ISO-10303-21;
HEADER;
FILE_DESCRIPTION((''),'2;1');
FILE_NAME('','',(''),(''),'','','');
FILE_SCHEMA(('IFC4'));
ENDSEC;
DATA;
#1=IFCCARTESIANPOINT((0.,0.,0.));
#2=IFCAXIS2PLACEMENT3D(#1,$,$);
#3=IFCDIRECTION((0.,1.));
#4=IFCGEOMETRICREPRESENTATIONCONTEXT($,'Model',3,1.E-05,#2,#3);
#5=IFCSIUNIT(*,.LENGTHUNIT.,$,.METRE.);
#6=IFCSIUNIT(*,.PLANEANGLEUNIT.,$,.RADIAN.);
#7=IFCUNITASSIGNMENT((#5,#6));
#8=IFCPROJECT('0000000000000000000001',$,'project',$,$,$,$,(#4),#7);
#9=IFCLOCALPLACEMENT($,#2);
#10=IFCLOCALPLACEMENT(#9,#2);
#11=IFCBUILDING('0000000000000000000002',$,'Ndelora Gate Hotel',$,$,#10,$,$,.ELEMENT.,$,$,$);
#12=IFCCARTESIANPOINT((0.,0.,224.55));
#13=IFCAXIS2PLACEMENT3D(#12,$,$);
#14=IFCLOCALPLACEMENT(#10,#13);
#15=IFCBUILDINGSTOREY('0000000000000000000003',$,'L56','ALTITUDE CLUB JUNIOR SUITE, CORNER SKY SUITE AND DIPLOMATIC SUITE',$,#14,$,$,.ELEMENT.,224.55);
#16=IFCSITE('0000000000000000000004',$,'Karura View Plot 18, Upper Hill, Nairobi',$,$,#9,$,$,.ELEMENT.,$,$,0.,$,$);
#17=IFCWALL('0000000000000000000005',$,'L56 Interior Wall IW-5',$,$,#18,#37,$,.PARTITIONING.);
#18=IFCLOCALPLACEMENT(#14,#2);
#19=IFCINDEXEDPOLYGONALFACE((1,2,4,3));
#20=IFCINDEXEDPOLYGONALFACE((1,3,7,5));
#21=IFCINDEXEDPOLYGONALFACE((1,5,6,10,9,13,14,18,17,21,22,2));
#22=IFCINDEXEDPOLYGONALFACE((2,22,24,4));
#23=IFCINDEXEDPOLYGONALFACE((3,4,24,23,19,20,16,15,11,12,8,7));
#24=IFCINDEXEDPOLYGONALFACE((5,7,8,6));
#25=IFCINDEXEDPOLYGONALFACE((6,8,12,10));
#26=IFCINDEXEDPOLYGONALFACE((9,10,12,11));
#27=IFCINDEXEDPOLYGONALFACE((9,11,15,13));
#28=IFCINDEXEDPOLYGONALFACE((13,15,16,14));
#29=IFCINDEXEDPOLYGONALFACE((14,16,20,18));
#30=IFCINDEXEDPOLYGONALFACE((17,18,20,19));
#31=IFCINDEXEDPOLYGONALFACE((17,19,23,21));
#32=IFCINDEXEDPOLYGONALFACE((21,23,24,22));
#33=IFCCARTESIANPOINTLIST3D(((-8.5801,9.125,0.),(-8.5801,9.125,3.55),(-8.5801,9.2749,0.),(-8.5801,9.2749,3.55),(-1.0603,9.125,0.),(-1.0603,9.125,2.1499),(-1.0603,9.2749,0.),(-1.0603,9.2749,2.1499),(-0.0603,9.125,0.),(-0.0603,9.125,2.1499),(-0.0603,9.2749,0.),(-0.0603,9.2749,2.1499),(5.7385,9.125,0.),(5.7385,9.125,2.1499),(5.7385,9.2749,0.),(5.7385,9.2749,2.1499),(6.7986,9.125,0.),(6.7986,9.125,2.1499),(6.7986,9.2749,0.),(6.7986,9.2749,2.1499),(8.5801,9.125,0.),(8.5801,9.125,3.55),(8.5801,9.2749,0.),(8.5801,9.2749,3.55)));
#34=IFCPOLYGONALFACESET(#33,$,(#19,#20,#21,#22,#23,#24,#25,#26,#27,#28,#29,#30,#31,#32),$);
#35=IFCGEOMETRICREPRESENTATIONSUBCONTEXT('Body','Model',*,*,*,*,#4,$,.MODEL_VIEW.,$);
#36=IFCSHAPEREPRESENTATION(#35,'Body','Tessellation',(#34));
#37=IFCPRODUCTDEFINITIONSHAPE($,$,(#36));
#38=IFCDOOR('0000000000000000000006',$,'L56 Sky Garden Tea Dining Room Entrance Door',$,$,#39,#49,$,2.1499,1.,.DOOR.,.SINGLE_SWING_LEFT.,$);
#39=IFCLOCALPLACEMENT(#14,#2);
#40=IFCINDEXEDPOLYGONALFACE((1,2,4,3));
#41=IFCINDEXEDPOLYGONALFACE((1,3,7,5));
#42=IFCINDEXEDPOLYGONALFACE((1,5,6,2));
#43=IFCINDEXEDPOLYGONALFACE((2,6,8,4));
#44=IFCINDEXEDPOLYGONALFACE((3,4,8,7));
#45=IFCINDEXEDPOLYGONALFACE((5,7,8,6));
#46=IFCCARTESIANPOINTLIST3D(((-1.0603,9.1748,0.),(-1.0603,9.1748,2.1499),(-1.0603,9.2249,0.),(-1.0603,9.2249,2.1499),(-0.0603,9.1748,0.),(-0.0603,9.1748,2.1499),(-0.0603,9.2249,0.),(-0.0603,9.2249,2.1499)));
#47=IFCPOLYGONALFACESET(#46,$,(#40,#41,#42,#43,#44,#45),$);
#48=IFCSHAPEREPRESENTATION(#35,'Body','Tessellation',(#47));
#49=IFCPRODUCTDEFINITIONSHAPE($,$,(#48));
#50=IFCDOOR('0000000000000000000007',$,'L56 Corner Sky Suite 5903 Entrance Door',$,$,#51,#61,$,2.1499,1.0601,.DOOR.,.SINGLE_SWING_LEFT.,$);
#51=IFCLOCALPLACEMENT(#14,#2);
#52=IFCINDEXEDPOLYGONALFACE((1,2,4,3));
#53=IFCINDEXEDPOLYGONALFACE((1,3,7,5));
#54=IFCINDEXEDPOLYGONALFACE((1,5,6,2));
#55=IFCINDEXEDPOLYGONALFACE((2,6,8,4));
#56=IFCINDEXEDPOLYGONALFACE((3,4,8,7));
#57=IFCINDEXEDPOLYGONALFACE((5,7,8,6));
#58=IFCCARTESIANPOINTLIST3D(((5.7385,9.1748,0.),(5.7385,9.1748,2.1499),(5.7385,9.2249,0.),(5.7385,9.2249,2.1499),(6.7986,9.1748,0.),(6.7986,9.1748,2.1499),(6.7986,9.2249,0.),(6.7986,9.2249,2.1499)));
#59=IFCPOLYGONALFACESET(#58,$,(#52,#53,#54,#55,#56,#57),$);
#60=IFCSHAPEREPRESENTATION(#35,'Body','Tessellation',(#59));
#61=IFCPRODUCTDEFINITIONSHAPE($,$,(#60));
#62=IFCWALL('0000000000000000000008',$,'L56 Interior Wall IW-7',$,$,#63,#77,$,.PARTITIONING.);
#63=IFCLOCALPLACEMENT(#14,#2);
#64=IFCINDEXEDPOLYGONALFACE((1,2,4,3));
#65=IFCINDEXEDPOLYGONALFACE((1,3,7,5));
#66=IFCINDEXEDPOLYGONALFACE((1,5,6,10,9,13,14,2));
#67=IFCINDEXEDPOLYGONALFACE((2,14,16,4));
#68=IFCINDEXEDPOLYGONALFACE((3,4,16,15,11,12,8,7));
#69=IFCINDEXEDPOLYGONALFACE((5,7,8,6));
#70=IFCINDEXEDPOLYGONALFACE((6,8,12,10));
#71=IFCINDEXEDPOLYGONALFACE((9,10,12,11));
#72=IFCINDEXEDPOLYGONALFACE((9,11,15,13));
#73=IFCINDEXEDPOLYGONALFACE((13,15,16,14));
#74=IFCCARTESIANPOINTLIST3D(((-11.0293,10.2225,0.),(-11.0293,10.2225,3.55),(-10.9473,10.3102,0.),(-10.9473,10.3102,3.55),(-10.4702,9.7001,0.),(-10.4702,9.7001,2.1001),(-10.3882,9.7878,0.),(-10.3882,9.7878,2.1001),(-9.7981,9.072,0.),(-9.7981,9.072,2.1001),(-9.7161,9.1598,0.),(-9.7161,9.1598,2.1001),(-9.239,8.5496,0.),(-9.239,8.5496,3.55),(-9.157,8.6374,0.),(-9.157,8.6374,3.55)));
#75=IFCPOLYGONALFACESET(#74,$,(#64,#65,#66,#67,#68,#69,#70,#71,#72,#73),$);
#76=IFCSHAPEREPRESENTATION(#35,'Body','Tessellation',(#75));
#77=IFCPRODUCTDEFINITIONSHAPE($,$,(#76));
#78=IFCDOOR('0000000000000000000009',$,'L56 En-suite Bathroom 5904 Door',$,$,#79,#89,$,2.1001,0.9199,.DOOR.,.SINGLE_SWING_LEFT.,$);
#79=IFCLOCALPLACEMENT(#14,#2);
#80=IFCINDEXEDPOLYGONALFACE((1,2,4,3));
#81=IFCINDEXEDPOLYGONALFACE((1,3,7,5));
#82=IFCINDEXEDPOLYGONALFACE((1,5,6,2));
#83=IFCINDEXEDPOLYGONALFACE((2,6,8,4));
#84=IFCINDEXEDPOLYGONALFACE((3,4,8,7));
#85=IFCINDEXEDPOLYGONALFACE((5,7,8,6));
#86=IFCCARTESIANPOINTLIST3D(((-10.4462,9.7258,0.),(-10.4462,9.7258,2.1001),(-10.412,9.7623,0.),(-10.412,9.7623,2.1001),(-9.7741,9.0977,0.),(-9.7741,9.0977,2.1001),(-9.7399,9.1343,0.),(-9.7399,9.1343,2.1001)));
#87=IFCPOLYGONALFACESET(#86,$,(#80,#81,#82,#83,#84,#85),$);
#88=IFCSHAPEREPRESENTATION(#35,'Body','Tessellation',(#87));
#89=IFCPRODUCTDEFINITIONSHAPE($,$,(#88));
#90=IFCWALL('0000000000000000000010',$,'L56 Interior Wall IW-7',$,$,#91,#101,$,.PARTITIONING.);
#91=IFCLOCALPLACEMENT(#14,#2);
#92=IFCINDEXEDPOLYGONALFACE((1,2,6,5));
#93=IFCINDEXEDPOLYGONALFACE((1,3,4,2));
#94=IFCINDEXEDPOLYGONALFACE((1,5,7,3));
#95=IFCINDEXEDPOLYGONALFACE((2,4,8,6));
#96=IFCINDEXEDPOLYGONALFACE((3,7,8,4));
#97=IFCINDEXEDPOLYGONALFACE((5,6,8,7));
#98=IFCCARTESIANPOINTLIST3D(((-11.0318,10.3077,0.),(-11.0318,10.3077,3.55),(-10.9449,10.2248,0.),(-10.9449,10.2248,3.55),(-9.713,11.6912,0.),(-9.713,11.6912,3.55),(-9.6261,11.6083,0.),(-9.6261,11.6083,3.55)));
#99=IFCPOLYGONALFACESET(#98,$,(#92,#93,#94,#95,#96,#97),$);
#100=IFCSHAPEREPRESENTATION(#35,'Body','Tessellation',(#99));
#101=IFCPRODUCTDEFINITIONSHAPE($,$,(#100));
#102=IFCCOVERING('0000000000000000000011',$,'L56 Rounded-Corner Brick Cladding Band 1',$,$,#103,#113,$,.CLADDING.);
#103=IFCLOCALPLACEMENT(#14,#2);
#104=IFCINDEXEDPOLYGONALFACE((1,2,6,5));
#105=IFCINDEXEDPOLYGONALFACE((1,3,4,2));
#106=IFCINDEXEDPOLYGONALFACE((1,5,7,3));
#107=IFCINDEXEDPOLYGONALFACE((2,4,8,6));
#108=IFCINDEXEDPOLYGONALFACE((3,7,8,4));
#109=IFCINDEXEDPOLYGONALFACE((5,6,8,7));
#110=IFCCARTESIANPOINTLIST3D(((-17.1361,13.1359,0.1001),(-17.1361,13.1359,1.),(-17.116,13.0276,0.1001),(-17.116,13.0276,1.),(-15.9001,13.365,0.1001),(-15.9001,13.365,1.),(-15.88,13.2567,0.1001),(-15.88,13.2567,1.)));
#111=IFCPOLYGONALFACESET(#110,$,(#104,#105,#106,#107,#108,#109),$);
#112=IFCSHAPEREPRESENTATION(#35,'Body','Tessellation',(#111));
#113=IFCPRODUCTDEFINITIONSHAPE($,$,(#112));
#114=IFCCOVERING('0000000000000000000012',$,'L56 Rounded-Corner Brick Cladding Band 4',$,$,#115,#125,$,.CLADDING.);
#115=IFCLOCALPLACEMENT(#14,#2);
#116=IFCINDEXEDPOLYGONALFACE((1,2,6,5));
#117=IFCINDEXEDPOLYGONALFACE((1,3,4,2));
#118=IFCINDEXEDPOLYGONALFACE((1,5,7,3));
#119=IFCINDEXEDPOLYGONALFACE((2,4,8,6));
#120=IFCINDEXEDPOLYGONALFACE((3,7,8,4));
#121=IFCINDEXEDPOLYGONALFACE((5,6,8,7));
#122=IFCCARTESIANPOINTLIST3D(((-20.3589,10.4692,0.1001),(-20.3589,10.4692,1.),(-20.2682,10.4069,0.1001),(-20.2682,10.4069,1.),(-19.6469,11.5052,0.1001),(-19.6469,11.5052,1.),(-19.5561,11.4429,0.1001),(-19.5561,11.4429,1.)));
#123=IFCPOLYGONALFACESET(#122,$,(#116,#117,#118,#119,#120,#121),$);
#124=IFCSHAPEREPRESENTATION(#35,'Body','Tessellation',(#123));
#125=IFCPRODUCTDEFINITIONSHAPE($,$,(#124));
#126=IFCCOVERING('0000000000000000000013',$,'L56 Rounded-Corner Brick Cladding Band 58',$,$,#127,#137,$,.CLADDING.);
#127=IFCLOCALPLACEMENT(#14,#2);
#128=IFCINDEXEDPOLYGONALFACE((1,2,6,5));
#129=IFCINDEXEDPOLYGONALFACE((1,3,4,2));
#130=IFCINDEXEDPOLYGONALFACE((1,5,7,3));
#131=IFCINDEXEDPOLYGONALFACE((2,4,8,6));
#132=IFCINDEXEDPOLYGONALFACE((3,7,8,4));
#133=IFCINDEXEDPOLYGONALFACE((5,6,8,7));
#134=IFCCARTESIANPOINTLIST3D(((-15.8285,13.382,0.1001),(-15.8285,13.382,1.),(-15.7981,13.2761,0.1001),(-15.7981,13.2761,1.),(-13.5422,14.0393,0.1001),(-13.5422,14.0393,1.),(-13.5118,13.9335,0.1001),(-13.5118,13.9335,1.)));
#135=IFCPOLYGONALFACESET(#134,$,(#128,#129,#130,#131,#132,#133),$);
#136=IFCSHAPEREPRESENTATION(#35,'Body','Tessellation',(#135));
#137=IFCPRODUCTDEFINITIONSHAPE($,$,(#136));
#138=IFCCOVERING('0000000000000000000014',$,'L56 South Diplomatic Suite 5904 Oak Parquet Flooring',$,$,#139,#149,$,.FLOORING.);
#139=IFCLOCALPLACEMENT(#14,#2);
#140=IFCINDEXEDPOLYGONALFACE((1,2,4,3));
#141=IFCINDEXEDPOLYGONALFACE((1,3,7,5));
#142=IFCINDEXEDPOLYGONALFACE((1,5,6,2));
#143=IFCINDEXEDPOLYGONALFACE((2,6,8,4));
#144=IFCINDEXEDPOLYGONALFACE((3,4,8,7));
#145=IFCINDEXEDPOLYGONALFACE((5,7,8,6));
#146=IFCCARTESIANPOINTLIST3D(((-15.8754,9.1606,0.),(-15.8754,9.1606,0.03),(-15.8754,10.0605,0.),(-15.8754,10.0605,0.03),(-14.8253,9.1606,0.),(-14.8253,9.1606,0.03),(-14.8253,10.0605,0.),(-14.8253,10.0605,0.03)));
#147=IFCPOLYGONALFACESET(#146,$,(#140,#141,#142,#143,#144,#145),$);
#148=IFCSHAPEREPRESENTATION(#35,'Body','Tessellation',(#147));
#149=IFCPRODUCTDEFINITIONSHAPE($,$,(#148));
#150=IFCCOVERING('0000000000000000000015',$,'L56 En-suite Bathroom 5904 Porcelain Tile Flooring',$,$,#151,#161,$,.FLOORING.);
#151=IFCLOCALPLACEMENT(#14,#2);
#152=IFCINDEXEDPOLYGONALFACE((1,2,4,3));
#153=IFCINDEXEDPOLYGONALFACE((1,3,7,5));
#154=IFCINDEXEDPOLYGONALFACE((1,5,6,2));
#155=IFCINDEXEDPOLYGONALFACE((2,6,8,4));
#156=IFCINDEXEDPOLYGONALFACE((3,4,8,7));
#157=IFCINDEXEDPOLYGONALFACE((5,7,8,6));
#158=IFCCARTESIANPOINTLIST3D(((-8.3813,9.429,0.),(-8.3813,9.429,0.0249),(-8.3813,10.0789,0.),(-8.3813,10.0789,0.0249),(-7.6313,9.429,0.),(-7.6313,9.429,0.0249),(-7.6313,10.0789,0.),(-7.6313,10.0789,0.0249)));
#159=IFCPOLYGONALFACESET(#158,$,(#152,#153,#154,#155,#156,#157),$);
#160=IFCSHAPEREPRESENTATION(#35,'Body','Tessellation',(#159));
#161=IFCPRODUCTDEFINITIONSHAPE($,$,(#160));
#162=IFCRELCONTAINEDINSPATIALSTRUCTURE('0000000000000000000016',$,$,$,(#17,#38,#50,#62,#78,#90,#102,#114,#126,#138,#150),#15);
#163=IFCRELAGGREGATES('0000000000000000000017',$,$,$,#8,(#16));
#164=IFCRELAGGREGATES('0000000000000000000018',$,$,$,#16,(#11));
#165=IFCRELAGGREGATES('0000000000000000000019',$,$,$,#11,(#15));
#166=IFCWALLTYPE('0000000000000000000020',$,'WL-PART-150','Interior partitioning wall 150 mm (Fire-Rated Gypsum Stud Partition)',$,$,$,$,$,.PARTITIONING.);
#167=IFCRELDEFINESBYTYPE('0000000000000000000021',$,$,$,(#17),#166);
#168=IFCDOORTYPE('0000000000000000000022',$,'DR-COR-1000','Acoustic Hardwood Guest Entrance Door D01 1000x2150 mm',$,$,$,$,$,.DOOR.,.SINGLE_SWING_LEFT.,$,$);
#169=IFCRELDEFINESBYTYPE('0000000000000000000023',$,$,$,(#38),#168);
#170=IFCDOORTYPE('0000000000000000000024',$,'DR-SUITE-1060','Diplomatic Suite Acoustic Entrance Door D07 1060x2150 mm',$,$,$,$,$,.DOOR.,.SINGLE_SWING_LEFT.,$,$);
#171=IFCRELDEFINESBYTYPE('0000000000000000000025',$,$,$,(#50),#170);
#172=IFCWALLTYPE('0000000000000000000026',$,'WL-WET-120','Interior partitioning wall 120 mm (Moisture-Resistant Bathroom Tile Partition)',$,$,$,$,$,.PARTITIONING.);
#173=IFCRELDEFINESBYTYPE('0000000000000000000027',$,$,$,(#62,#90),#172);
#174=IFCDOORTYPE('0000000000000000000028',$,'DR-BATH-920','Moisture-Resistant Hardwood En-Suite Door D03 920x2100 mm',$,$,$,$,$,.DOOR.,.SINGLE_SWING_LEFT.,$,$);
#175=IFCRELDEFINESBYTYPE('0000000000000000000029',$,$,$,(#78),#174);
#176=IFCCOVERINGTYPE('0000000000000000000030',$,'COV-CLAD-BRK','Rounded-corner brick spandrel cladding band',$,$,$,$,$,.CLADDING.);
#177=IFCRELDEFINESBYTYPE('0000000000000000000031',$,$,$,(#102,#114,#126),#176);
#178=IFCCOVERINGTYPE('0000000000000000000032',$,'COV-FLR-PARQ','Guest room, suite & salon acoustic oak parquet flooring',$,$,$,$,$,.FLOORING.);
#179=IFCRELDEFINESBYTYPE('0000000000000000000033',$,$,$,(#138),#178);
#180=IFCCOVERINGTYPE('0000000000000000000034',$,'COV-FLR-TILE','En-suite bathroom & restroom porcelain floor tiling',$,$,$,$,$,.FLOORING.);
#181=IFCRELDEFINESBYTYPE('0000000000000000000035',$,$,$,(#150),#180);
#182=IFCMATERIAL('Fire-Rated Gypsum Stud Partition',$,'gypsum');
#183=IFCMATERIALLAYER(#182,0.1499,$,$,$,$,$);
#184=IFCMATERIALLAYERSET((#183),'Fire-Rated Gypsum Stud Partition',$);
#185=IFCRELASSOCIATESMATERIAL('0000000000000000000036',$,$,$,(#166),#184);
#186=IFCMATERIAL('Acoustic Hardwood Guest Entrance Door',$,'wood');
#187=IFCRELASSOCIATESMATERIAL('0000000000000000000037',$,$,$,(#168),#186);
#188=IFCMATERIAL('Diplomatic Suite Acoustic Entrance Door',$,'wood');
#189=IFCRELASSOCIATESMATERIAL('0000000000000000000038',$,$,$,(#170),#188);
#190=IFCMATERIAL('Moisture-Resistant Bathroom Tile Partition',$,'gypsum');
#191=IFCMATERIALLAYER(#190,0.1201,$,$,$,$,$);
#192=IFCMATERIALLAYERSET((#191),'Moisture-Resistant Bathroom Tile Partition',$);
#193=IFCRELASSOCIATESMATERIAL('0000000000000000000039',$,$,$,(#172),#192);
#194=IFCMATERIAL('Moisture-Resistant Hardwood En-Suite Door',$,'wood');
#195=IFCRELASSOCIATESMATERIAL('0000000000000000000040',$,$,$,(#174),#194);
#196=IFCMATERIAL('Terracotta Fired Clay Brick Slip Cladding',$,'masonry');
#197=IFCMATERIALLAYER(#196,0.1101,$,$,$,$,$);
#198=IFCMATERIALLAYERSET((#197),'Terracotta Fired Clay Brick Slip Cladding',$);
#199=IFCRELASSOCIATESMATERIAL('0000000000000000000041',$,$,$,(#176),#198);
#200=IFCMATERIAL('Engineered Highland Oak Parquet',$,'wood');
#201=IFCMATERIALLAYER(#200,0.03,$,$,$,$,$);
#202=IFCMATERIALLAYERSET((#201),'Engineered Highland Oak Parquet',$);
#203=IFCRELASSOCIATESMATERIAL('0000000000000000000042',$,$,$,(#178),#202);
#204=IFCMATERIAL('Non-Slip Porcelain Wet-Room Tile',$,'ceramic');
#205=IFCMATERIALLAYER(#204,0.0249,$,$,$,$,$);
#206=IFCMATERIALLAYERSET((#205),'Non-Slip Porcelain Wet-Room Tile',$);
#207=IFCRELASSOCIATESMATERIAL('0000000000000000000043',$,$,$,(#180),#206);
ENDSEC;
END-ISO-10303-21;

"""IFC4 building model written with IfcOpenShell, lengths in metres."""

from ifc_helpers import new_model, si_unit, direction, frame, frame_2d, origin, origin_2d, place, context, subcontext, project, spatial, rectangle, extrude, material, layer, layer_set, type_object, element, fill, save


model = new_model("IFC4")

# Units and contexts
model_context = context("Model", 3, precision=1e-05, world=origin(), true_north=direction((0.0, 1.0)))
body_context = subcontext(model_context, "Body", "Model", "MODEL_VIEW")
ifc_project = project(units=[si_unit("LENGTHUNIT", "METRE"), si_unit("PLANEANGLEUNIT", "RADIAN")], contexts=[model_context])

# Site, building, storey
site_placement = place(None, origin())
site = spatial("IfcSite", under=ifc_project, at=site_placement, Name="Karura View Plot 18, Upper Hill, Nairobi", CompositionType="ELEMENT", RefElevation=0.0)
building_placement = place(site_placement, origin())
building = spatial("IfcBuilding", under=site, at=building_placement, Name="Ndelora Gate Hotel", CompositionType="ELEMENT")
storey_placement = place(building_placement, frame((0.0, 0.0, 224.55)))
storey = spatial("IfcBuildingStorey", under=building, at=storey_placement, Name="L56", Description="ALTITUDE CLUB JUNIOR SUITE, CORNER SKY SUITE AND DIPLOMATIC SUITE", CompositionType="ELEMENT", Elevation=224.55)

# Wall, openings, doors
ifc_material_1 = material(Name="Fire-Rated Gypsum Stud Partition", Category="gypsum")
ifc_layer_1 = layer(ifc_material_1, 0.1499)
ifc_layer_set_1 = layer_set([ifc_layer_1], Name="Fire-Rated Gypsum Stud Partition")
wall_type_1 = type_object("IfcWallType", Name="WL-PART-150", Description="Interior partitioning wall 150 mm (Fire-Rated Gypsum Stud Partition)", PredefinedType="PARTITIONING", material=ifc_layer_set_1)
wall_1_placement = place(storey_placement, frame((-8.5801, 9.2, 0.0), z_axis=(0.0, 0.0, 1.0), x_axis=(1.0, 0.0, 0.0)))
wall_1 = element("IfcWall", 1, at=wall_1_placement, inside=storey, type_object=wall_type_1, Name="L56 Interior Wall IW-5", PredefinedType="PARTITIONING", context=body_context, shape_type="SweptSolid", body=[
    extrude(rectangle(XDim=17.1602, YDim=0.1499, at=frame_2d((8.5801, 0.0))), origin(), (0.0, 0.0, 1.0), 3.55),
])
opening_1_placement = place(wall_1_placement, frame((7.5198, 0.0, 0.0)))
opening_1 = element("IfcOpeningElement", 2, at=opening_1_placement, cuts=wall_1, PredefinedType="OPENING", context=body_context, shape_type="SweptSolid", body=[
    extrude(rectangle(XDim=1.0, YDim=2.1499, at=frame_2d((0.5, 1.075))), frame((0.0, 0.085, 0.0), z_axis=(0.0, -1.0, 0.0), x_axis=(1.0, 0.0, 0.0)), (0.0, 0.0, 1.0), 0.1699),
])
opening_2_placement = place(wall_1_placement, frame((14.3186, 0.0, 0.0)))
opening_2 = element("IfcOpeningElement", 3, at=opening_2_placement, cuts=wall_1, PredefinedType="OPENING", context=body_context, shape_type="SweptSolid", body=[
    extrude(rectangle(XDim=1.0601, YDim=2.1499, at=frame_2d((0.53, 1.075))), frame((0.0, 0.085, 0.0), z_axis=(0.0, -1.0, 0.0), x_axis=(1.0, 0.0, 0.0)), (0.0, 0.0, 1.0), 0.1699),
])
ifc_material_2 = material(Name="Acoustic Hardwood Guest Entrance Door", Category="wood")
door_type_1 = type_object("IfcDoorType", Name="DR-COR-1000", Description="Acoustic Hardwood Guest Entrance Door D01 1000x2150 mm", OperationType="SINGLE_SWING_LEFT", PredefinedType="DOOR", material=ifc_material_2)
door_1_placement = place(opening_1_placement, origin())
door_1 = element("IfcDoor", 4, at=door_1_placement, inside=storey, type_object=door_type_1, Name="L56 Sky Garden Tea Dining Room Entrance Door", OperationType="SINGLE_SWING_LEFT", OverallHeight=2.1499, OverallWidth=1.0, PredefinedType="DOOR", context=body_context, shape_type="SweptSolid", body=[
    extrude(rectangle(XDim=1.0, YDim=2.1499, at=frame_2d((0.5, 1.075))), frame((0.0, 0.0249, 0.0), z_axis=(0.0, -1.0, 0.0), x_axis=(1.0, 0.0, 0.0)), (0.0, 0.0, 1.0), 0.05),
])
fill(opening_1, door_1)
ifc_material_3 = material(Name="Diplomatic Suite Acoustic Entrance Door", Category="wood")
door_type_2 = type_object("IfcDoorType", Name="DR-SUITE-1060", Description="Diplomatic Suite Acoustic Entrance Door D07 1060x2150 mm", OperationType="SINGLE_SWING_LEFT", PredefinedType="DOOR", material=ifc_material_3)
door_2_placement = place(opening_2_placement, origin())
door_2 = element("IfcDoor", 5, at=door_2_placement, inside=storey, type_object=door_type_2, Name="L56 Corner Sky Suite 5903 Entrance Door", OperationType="SINGLE_SWING_LEFT", OverallHeight=2.1499, OverallWidth=1.0601, PredefinedType="DOOR", context=body_context, shape_type="SweptSolid", body=[
    extrude(rectangle(XDim=1.0601, YDim=2.1499, at=frame_2d((0.53, 1.075))), frame((0.0, 0.0249, 0.0), z_axis=(0.0, -1.0, 0.0), x_axis=(1.0, 0.0, 0.0)), (0.0, 0.0, 1.0), 0.05),
])
fill(opening_2, door_2)

# Wall, opening, door
ifc_material_4 = material(Name="Moisture-Resistant Bathroom Tile Partition", Category="gypsum")
ifc_layer_2 = layer(ifc_material_4, 0.1201)
ifc_layer_set_2 = layer_set([ifc_layer_2], Name="Moisture-Resistant Bathroom Tile Partition")
wall_type_2 = type_object("IfcWallType", Name="WL-WET-120", Description="Interior partitioning wall 120 mm (Moisture-Resistant Bathroom Tile Partition)", PredefinedType="PARTITIONING", material=ifc_layer_set_2)
wall_2_placement = place(storey_placement, frame((-9.198, 8.5935, 0.0), z_axis=(0.0, 0.0, 1.0), x_axis=(-0.730664, 0.682737, 0.0)))
wall_2 = element("IfcWall", 6, at=wall_2_placement, inside=storey, type_object=wall_type_2, Name="L56 Interior Wall IW-7", PredefinedType="PARTITIONING", context=body_context, shape_type="SweptSolid", body=[
    extrude(rectangle(XDim=2.4502, YDim=0.1201, at=frame_2d((1.2251, 0.0))), origin(), (0.0, 0.0, 1.0), 3.55),
])
opening_3_placement = place(wall_2_placement, frame((0.7651, 0.0, 0.0)))
opening_3 = element("IfcOpeningElement", 7, at=opening_3_placement, cuts=wall_2, PredefinedType="OPENING", context=body_context, shape_type="SweptSolid", body=[
    extrude(rectangle(XDim=0.9199, YDim=2.1001, at=frame_2d((0.46, 1.05))), frame((0.0, 0.0701, 0.0), z_axis=(0.0, -1.0, 0.0), x_axis=(1.0, 0.0, 0.0)), (0.0, 0.0, 1.0), 0.1401),
])
ifc_material_5 = material(Name="Moisture-Resistant Hardwood En-Suite Door", Category="wood")
door_type_3 = type_object("IfcDoorType", Name="DR-BATH-920", Description="Moisture-Resistant Hardwood En-Suite Door D03 920x2100 mm", OperationType="SINGLE_SWING_LEFT", PredefinedType="DOOR", material=ifc_material_5)
door_3_placement = place(opening_3_placement, origin())
door_3 = element("IfcDoor", 8, at=door_3_placement, inside=storey, type_object=door_type_3, Name="L56 En-suite Bathroom 5904 Door", OperationType="SINGLE_SWING_LEFT", OverallHeight=2.1001, OverallWidth=0.9199, PredefinedType="DOOR", context=body_context, shape_type="SweptSolid", body=[
    extrude(rectangle(XDim=0.9199, YDim=2.1001, at=frame_2d((0.46, 1.05))), frame((0.0, 0.0249, 0.0), z_axis=(0.0, -1.0, 0.0), x_axis=(1.0, 0.0, 0.0)), (0.0, 0.0, 1.0), 0.05),
])
fill(opening_3, door_3)

# Wall
wall_3_placement = place(storey_placement, frame((-10.9883, 10.2664, 0.0), z_axis=(0.0, 0.0, 1.0), x_axis=(0.68998, 0.723828, 0.0)))
element("IfcWall", 9, at=wall_3_placement, inside=storey, type_object=wall_type_2, Name="L56 Interior Wall IW-7", PredefinedType="PARTITIONING", context=body_context, shape_type="SweptSolid", body=[
    extrude(rectangle(XDim=1.9114, YDim=0.1201, at=frame_2d((0.9556, 0.0))), origin(), (0.0, 0.0, 1.0), 3.55),
])

# Coverings
ifc_material_6 = material(Name="Terracotta Fired Clay Brick Slip Cladding", Category="masonry")
ifc_layer_3 = layer(ifc_material_6, 0.1101)
ifc_layer_set_3 = layer_set([ifc_layer_3], Name="Terracotta Fired Clay Brick Slip Cladding")
covering_type_1 = type_object("IfcCoveringType", Name="COV-CLAD-BRK", Description="Rounded-corner brick spandrel cladding band", PredefinedType="CLADDING", material=ifc_layer_set_3)
for number, where, z_axis, x_axis, name in (
    (10, (-16.5081, 13.1963, 0.1001), (0.0, 0.0, 1.0), (0.983255, 0.182236, 0.0), "L56 Rounded-Corner Brick Cladding Band 1"),
    (11, (-19.9575, 10.9561, 0.1001), (0.0, 0.0, 1.0), (0.566406, 0.824126, 0.0), "L56 Rounded-Corner Brick Cladding Band 4"),
):
    element("IfcCovering", number, at=place(storey_placement, frame(where, z_axis=z_axis, x_axis=x_axis)), inside=storey, type_object=covering_type_1, Name=name, PredefinedType="CLADDING", context=body_context, shape_type="SweptSolid", body=[
        extrude(rectangle(XDim=1.2571, YDim=0.1101, at=origin_2d()), origin(), (0.0, 0.0, 1.0), 0.8999),
    ])
covering_1_placement = place(storey_placement, frame((-14.6702, 13.6577, 0.1001), z_axis=(0.0, 0.0, 1.0), x_axis=(0.961069, 0.276308, 0.0)))
element("IfcCovering", 12, at=covering_1_placement, inside=storey, type_object=covering_type_1, Name="L56 Rounded-Corner Brick Cladding Band 58", PredefinedType="CLADDING", context=body_context, shape_type="SweptSolid", body=[
    extrude(rectangle(XDim=2.3789, YDim=0.1101, at=origin_2d()), origin(), (0.0, 0.0, 1.0), 0.8999),
])
ifc_material_7 = material(Name="Engineered Highland Oak Parquet", Category="wood")
ifc_layer_4 = layer(ifc_material_7, 0.03)
ifc_layer_set_4 = layer_set([ifc_layer_4], Name="Engineered Highland Oak Parquet")
covering_type_2 = type_object("IfcCoveringType", Name="COV-FLR-PARQ", Description="Guest room, suite & salon acoustic oak parquet flooring", PredefinedType="FLOORING", material=ifc_layer_set_4)
covering_2_placement = place(storey_placement, frame((-15.3503, 9.6106, 0.0), z_axis=(0.0, 0.0, 1.0), x_axis=(1.0, 0.0, 0.0)))
element("IfcCovering", 13, at=covering_2_placement, inside=storey, type_object=covering_type_2, Name="L56 South Diplomatic Suite 5904 Oak Parquet Flooring", PredefinedType="FLOORING", context=body_context, shape_type="SweptSolid", body=[
    extrude(rectangle(XDim=1.05, YDim=0.8999, at=origin_2d()), origin(), (0.0, 0.0, 1.0), 0.03),
])
ifc_material_8 = material(Name="Non-Slip Porcelain Wet-Room Tile", Category="ceramic")
ifc_layer_5 = layer(ifc_material_8, 0.0249)
ifc_layer_set_5 = layer_set([ifc_layer_5], Name="Non-Slip Porcelain Wet-Room Tile")
covering_type_3 = type_object("IfcCoveringType", Name="COV-FLR-TILE", Description="En-suite bathroom & restroom porcelain floor tiling", PredefinedType="FLOORING", material=ifc_layer_set_5)
covering_3_placement = place(storey_placement, frame((-8.0063, 9.7539, 0.0), z_axis=(0.0, 0.0, 1.0), x_axis=(1.0, 0.0, 0.0)))
element("IfcCovering", 14, at=covering_3_placement, inside=storey, type_object=covering_type_3, Name="L56 En-suite Bathroom 5904 Porcelain Tile Flooring", PredefinedType="FLOORING", context=body_context, shape_type="SweptSolid", body=[
    extrude(rectangle(XDim=0.75, YDim=0.6499, at=origin_2d()), origin(), (0.0, 0.0, 1.0), 0.0249),
])

save(model, "model.ifc")
